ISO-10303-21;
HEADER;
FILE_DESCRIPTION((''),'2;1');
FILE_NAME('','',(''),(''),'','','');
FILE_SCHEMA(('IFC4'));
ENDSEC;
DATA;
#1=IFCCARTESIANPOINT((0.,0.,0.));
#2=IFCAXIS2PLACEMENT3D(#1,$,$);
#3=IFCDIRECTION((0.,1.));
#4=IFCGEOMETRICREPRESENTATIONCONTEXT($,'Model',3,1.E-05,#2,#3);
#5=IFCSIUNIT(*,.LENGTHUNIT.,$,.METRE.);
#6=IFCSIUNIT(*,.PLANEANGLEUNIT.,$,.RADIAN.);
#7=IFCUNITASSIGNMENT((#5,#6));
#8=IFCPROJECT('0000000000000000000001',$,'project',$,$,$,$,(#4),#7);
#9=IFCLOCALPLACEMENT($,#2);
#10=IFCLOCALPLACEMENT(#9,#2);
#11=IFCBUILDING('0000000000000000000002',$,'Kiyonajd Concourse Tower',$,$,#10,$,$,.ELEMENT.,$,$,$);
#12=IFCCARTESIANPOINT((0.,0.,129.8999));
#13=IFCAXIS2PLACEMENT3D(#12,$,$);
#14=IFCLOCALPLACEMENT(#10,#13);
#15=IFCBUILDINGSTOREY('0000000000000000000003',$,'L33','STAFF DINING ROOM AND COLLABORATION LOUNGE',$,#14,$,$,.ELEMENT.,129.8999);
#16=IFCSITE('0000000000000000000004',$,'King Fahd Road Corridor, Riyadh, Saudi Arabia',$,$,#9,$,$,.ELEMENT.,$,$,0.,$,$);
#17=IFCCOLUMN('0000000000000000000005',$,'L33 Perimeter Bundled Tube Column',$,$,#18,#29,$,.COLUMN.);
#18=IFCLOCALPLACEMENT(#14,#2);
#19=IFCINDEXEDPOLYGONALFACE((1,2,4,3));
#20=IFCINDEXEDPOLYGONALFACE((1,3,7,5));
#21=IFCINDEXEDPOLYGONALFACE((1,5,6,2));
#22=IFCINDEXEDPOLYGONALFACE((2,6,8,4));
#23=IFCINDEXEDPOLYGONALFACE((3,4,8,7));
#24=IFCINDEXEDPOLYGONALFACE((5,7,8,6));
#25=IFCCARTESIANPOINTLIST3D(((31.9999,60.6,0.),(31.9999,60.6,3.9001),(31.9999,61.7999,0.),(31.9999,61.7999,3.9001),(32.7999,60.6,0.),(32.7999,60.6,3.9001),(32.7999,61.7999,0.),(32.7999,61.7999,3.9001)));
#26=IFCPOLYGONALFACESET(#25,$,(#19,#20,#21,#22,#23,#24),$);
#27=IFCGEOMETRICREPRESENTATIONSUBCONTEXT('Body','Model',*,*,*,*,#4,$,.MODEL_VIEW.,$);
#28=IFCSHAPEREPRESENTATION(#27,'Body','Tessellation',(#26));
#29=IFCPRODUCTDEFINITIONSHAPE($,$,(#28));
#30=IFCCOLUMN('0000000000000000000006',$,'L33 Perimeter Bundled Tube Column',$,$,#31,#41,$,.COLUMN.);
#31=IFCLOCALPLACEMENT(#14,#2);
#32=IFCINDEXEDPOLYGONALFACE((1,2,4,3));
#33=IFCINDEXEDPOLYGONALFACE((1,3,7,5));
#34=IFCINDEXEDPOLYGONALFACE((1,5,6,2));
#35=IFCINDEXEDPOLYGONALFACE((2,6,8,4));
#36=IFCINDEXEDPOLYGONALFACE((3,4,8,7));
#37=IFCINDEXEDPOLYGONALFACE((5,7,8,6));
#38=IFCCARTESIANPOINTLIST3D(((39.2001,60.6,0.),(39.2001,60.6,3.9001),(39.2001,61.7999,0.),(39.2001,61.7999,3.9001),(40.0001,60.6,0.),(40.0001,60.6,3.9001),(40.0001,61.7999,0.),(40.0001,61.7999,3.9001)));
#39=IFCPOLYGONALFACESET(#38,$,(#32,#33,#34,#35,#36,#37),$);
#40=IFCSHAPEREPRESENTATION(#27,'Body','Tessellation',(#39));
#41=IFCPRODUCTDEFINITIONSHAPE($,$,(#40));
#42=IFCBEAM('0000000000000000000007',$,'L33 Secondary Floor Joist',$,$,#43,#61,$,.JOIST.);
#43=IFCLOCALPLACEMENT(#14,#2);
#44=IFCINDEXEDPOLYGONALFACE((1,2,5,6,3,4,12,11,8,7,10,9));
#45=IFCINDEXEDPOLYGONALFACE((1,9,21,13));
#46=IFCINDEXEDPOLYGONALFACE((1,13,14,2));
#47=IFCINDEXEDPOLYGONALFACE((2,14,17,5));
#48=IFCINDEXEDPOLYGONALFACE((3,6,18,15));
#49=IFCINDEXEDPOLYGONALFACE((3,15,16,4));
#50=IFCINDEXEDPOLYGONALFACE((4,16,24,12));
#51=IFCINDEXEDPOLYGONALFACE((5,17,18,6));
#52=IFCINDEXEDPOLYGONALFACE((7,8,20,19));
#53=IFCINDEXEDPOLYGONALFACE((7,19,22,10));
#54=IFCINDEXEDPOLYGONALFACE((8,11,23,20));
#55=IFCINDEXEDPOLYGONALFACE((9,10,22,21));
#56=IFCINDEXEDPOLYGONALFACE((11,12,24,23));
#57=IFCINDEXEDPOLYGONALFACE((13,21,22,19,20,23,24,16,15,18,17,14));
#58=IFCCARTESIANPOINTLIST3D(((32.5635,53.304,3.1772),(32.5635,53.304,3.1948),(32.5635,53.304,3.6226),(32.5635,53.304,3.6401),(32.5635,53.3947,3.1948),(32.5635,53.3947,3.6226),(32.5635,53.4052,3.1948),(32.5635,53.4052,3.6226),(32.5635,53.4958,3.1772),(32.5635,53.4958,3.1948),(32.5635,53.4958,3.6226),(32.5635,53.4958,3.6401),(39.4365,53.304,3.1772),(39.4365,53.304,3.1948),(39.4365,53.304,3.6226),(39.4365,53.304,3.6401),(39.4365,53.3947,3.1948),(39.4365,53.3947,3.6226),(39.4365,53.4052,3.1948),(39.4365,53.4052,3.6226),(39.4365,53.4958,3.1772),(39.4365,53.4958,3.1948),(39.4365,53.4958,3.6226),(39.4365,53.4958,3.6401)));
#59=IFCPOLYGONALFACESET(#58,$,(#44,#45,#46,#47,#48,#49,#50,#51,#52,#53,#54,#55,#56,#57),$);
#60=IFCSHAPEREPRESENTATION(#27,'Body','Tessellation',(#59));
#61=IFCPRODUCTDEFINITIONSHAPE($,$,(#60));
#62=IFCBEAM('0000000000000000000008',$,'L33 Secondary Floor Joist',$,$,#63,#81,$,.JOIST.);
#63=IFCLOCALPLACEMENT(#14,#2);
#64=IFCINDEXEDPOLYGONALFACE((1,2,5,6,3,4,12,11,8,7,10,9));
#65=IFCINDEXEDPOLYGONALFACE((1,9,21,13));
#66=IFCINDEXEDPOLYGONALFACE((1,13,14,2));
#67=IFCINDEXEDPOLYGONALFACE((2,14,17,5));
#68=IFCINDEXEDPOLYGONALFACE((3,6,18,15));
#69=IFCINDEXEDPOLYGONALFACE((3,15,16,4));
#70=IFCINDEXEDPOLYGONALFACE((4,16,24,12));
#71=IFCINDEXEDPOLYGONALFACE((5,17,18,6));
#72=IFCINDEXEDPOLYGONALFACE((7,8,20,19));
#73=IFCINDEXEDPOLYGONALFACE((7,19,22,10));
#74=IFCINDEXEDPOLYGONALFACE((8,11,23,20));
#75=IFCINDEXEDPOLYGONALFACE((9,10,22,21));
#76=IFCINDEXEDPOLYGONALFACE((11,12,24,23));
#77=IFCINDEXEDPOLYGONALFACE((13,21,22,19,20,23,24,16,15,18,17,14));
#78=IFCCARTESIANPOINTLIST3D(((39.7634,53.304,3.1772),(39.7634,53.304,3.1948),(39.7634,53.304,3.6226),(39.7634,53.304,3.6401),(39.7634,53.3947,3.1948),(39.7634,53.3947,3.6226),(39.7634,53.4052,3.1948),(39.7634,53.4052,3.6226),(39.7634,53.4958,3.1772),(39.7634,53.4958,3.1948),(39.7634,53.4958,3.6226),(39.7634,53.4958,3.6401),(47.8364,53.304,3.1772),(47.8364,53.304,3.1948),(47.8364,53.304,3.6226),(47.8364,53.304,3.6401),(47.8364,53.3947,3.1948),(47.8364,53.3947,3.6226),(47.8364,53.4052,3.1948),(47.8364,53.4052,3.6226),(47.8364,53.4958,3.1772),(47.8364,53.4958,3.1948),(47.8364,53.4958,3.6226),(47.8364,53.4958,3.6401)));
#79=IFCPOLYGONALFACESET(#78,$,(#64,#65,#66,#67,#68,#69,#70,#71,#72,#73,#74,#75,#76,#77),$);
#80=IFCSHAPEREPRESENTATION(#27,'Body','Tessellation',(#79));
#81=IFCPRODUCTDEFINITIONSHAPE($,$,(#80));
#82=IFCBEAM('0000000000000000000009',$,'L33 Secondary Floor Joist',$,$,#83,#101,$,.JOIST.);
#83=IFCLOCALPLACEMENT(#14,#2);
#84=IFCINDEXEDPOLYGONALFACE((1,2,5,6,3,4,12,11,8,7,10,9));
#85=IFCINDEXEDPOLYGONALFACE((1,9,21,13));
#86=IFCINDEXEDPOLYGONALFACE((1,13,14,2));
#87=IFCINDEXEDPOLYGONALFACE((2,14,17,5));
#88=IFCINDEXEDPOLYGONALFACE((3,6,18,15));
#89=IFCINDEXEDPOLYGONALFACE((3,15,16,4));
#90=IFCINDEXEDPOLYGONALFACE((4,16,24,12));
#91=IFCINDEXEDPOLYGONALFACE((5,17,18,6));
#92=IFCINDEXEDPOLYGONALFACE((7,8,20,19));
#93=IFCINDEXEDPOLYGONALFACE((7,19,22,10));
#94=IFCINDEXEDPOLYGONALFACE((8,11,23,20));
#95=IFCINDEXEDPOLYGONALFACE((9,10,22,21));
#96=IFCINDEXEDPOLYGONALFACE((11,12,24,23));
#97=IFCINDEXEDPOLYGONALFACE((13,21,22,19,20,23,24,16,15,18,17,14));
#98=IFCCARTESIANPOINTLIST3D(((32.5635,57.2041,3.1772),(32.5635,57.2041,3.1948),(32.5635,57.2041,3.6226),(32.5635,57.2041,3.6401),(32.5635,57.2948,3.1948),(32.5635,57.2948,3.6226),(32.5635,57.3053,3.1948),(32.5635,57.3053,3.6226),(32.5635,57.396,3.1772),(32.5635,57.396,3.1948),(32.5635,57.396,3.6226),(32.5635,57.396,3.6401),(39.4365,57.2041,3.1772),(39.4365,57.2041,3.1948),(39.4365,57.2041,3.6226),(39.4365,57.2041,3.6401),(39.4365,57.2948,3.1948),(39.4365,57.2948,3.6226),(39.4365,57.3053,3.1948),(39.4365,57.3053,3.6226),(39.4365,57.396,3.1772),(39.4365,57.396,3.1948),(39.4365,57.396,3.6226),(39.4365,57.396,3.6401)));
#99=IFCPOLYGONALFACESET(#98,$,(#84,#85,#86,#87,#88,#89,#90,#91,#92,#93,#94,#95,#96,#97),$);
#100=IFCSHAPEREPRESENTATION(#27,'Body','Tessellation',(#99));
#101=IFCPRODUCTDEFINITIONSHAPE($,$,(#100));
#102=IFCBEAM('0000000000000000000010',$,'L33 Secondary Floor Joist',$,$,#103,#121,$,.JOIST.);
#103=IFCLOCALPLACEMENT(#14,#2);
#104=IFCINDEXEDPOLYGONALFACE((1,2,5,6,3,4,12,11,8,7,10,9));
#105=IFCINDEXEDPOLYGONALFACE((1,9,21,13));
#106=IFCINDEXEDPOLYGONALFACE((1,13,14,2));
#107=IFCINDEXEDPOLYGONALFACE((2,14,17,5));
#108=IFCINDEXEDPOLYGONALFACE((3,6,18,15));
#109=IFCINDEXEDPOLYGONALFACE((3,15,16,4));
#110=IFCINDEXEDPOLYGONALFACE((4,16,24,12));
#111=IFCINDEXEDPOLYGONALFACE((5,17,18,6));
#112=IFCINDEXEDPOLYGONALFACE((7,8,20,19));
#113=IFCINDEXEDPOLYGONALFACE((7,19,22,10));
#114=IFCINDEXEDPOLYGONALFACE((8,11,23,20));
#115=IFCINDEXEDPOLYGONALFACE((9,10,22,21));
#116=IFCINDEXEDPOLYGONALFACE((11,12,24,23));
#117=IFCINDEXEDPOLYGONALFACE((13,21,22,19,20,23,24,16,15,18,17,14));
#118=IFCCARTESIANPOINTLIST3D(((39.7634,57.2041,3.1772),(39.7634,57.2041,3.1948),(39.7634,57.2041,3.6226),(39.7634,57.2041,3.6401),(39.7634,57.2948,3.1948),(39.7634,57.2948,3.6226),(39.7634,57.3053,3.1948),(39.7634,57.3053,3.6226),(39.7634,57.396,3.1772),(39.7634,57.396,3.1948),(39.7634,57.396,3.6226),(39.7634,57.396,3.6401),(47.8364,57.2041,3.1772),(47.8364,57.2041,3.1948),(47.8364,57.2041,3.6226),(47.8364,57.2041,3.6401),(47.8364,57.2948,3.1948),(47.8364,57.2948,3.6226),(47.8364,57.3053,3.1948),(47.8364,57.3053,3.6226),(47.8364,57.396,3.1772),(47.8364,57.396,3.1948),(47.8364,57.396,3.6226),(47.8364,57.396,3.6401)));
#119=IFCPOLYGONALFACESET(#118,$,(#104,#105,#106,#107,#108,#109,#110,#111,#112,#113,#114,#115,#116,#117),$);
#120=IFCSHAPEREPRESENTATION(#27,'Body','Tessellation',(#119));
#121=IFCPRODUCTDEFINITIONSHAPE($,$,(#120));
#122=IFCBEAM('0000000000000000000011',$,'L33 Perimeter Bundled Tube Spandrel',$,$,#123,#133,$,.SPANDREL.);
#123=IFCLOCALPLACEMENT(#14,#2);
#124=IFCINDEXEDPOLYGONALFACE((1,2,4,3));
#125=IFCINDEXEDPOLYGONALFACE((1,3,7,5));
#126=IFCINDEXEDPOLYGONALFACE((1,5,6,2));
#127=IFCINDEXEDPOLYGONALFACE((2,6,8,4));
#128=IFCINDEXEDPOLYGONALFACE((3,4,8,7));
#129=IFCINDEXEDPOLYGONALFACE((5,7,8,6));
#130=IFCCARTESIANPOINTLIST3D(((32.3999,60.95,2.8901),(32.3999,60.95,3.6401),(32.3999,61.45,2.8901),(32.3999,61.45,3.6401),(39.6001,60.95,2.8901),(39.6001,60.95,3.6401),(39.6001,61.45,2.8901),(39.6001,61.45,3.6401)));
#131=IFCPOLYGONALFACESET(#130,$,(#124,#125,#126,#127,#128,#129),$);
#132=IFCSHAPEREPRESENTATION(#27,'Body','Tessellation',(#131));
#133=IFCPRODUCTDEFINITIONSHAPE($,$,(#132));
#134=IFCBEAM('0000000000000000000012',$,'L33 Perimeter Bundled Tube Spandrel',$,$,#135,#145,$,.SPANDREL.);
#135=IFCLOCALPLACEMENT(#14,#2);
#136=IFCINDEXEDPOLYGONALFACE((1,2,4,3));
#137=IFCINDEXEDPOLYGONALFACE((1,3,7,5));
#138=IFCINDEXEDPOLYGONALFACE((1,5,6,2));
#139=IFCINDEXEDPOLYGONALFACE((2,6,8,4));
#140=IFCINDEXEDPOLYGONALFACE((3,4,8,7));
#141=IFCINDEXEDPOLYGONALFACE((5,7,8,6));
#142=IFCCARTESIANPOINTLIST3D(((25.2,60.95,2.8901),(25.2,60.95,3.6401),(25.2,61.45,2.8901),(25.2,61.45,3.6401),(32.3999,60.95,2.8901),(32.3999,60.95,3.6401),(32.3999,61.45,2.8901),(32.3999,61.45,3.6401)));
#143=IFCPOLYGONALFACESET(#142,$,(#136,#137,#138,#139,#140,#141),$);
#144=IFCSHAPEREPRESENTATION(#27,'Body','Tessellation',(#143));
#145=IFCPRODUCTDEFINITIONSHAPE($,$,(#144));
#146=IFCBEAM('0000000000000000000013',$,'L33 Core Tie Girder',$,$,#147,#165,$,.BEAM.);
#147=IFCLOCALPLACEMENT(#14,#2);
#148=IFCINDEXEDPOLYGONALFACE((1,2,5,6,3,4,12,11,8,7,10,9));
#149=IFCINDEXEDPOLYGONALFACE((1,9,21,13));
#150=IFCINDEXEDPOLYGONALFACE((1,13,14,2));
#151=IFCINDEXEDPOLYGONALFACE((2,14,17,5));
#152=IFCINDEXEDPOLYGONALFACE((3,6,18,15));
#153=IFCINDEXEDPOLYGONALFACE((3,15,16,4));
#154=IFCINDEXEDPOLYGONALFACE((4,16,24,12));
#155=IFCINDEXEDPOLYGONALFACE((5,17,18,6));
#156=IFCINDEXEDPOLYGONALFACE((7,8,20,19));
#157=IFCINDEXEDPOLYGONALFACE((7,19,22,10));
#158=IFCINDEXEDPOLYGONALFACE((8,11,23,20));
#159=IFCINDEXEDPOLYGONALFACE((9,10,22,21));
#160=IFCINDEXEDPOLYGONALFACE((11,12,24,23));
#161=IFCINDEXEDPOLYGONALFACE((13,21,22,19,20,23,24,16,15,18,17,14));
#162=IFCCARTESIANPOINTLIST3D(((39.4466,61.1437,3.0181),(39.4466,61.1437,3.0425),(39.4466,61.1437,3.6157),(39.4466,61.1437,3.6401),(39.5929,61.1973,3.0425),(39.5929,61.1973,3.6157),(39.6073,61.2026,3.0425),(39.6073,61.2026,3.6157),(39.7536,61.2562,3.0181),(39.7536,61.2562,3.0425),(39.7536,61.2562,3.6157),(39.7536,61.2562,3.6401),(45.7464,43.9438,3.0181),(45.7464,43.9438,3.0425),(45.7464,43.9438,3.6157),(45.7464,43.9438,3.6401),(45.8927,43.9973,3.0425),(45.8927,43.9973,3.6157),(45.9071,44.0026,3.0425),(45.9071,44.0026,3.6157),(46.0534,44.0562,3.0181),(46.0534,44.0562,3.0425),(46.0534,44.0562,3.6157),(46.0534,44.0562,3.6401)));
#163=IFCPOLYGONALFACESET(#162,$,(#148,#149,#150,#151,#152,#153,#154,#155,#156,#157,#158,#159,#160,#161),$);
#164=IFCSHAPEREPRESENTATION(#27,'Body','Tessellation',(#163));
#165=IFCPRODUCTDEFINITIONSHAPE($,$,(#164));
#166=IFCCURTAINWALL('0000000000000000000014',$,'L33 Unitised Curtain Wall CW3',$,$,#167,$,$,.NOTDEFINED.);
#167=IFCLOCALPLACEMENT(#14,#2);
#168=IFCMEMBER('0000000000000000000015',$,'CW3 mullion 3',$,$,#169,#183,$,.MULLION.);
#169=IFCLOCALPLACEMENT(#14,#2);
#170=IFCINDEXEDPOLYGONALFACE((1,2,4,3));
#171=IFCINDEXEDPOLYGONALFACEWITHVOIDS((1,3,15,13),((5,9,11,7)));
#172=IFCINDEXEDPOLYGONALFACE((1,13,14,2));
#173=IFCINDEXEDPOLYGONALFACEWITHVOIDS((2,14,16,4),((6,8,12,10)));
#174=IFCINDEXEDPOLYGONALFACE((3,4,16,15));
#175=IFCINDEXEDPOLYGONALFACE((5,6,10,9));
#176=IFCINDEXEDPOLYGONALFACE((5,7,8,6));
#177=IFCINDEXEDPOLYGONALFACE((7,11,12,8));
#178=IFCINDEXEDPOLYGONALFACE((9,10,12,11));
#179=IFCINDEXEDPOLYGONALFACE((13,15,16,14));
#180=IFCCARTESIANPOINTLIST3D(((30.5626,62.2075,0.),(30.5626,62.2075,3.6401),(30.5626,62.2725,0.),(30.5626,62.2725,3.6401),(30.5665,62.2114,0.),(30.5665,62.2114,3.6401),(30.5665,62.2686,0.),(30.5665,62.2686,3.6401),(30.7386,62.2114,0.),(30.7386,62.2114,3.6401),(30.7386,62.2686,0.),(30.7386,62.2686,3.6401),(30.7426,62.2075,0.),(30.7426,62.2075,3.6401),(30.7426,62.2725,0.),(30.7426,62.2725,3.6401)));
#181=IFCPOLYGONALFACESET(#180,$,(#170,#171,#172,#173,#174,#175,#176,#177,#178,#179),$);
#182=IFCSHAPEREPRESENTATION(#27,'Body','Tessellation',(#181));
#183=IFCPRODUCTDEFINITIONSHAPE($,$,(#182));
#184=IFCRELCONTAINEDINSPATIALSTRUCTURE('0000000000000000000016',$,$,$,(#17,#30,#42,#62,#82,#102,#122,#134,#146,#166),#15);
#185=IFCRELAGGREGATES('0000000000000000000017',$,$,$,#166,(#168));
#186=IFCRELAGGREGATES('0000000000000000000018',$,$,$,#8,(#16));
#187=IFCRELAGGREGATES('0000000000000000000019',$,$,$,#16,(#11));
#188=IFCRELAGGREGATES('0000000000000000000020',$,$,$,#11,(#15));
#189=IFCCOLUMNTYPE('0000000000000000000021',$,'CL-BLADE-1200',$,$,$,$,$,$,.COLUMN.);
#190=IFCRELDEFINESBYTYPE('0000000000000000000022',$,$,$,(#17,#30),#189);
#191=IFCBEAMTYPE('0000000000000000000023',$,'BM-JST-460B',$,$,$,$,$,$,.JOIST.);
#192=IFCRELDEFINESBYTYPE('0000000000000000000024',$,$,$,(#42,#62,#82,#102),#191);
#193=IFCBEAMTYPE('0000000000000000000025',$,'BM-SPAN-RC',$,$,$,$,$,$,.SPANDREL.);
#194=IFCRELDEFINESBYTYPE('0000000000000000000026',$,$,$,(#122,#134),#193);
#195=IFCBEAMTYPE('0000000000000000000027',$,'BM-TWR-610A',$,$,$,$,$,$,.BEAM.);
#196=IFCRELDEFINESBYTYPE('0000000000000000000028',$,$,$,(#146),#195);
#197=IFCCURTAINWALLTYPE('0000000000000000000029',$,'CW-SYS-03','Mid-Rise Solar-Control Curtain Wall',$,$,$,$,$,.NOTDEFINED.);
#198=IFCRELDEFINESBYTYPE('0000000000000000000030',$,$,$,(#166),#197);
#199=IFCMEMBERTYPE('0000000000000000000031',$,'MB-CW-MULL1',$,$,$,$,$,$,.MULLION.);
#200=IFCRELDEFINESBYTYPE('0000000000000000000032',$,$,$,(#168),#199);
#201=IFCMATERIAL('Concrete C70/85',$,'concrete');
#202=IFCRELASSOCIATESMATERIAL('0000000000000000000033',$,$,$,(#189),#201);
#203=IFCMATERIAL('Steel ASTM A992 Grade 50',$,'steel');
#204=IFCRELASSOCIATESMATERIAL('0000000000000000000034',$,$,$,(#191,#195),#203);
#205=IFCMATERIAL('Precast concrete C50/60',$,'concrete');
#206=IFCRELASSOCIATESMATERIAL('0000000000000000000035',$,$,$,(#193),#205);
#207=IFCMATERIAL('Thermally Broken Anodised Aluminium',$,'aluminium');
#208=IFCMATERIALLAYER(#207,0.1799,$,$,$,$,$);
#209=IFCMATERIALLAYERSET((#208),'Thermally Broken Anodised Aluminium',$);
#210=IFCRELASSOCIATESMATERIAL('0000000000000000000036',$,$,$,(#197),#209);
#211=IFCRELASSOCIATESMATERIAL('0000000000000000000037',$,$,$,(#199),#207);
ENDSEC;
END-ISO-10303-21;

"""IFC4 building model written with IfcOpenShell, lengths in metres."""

from ifc_helpers import new_model, si_unit, direction, frame, origin, origin_2d, place, context, subcontext, project, spatial, rectangle, hollow_rectangle, i_section, extrude, material, layer, layer_set, material_profile, profile_set, type_object, element, aggregate, save


model = new_model("IFC4")

# Units and contexts
model_context = context("Model", 3, precision=1e-05, world=origin(), true_north=direction((0.0, 1.0)))
body_context = subcontext(model_context, "Body", "Model", "MODEL_VIEW")
ifc_project = project(units=[si_unit("LENGTHUNIT", "METRE"), si_unit("PLANEANGLEUNIT", "RADIAN")], contexts=[model_context])

# Site, building, storey
site_placement = place(None, origin())
site = spatial("IfcSite", under=ifc_project, at=site_placement, Name="King Fahd Road Corridor, Riyadh, Saudi Arabia", CompositionType="ELEMENT", RefElevation=0.0)
building_placement = place(site_placement, origin())
building = spatial("IfcBuilding", under=site, at=building_placement, Name="Kiyonajd Concourse Tower", CompositionType="ELEMENT")
storey_placement = place(building_placement, frame((0.0, 0.0, 129.8999)))
storey = spatial("IfcBuildingStorey", under=building, at=storey_placement, Name="L33", Description="STAFF DINING ROOM AND COLLABORATION LOUNGE", CompositionType="ELEMENT", Elevation=129.8999)

# Columns
ifc_material_1 = material(Name="Concrete C70/85", Category="concrete")
ifc_material_profile_1 = material_profile(ifc_material_1, rectangle(XDim=0.8, YDim=1.2, at=origin_2d()), Name="RC-1200x800")
ifc_profile_set_1 = profile_set([ifc_material_profile_1], Name="Concrete C70/85")
column_type = type_object("IfcColumnType", Name="CL-BLADE-1200", PredefinedType="COLUMN", material=ifc_profile_set_1)
for number, where, z_axis, x_axis, name in (
    (1, (32.3999, 61.2, 0.0), (0.0, 0.0, 1.0), (1.0, 0.0, 0.0), "L33 Perimeter Bundled Tube Column"),
    (2, (39.6001, 61.2, 0.0), (0.0, 0.0, 1.0), (1.0, 0.0, 0.0), "L33 Perimeter Bundled Tube Column"),
):
    element("IfcColumn", number, at=place(storey_placement, frame(where, z_axis=z_axis, x_axis=x_axis)), inside=storey, type_object=column_type, Name=name, PredefinedType="COLUMN", context=body_context, shape_type="SweptSolid", body=[
        extrude(rectangle(XDim=0.8, YDim=1.2, at=origin_2d()), origin(), (0.0, 0.0, 1.0), 3.9001),
    ])

# Beams
ifc_material_2 = material(Name="Steel ASTM A992 Grade 50", Category="steel")
ifc_material_profile_2 = material_profile(ifc_material_2, i_section(OverallWidth=0.1919, OverallDepth=0.4629, WebThickness=0.0105, FlangeThickness=0.0176, at=origin_2d()), Name="W460X89")
ifc_profile_set_2 = profile_set([ifc_material_profile_2], Name="Steel ASTM A992 Grade 50")
beam_type_1 = type_object("IfcBeamType", Name="BM-JST-460B", PredefinedType="JOIST", material=ifc_profile_set_2)
beam_1_placement = place(storey_placement, frame((32.5635, 53.3999, 3.4087), z_axis=(1.0, 0.0, 0.0), x_axis=(0.0, 1.0, 0.0)))
element("IfcBeam", 3, at=beam_1_placement, inside=storey, type_object=beam_type_1, Name="L33 Secondary Floor Joist", PredefinedType="JOIST", context=body_context, shape_type="SweptSolid", body=[
    extrude(i_section(OverallWidth=0.1919, OverallDepth=0.4629, WebThickness=0.0105, FlangeThickness=0.0176, at=origin_2d()), origin(), (0.0, 0.0, 1.0), 6.873),
])
beam_2_placement = place(storey_placement, frame((39.7634, 53.3999, 3.4087), z_axis=(1.0, 0.0, 0.0), x_axis=(0.0, 1.0, 0.0)))
element("IfcBeam", 4, at=beam_2_placement, inside=storey, type_object=beam_type_1, Name="L33 Secondary Floor Joist", PredefinedType="JOIST", context=body_context, shape_type="SweptSolid", body=[
    extrude(i_section(OverallWidth=0.1919, OverallDepth=0.4629, WebThickness=0.0105, FlangeThickness=0.0176, at=origin_2d()), origin(), (0.0, 0.0, 1.0), 8.073),
])
beam_3_placement = place(storey_placement, frame((32.5635, 57.3, 3.4087), z_axis=(1.0, 0.0, 0.0), x_axis=(0.0, 1.0, 0.0)))
element("IfcBeam", 5, at=beam_3_placement, inside=storey, type_object=beam_type_1, Name="L33 Secondary Floor Joist", PredefinedType="JOIST", context=body_context, shape_type="SweptSolid", body=[
    extrude(i_section(OverallWidth=0.1919, OverallDepth=0.4629, WebThickness=0.0105, FlangeThickness=0.0176, at=origin_2d()), origin(), (0.0, 0.0, 1.0), 6.873),
])
beam_4_placement = place(storey_placement, frame((39.7634, 57.3, 3.4087), z_axis=(1.0, 0.0, 0.0), x_axis=(0.0, 1.0, 0.0)))
element("IfcBeam", 6, at=beam_4_placement, inside=storey, type_object=beam_type_1, Name="L33 Secondary Floor Joist", PredefinedType="JOIST", context=body_context, shape_type="SweptSolid", body=[
    extrude(i_section(OverallWidth=0.1919, OverallDepth=0.4629, WebThickness=0.0105, FlangeThickness=0.0176, at=origin_2d()), origin(), (0.0, 0.0, 1.0), 8.073),
])
ifc_material_3 = material(Name="Precast concrete C50/60", Category="concrete")
ifc_material_profile_3 = material_profile(ifc_material_3, rectangle(XDim=0.5, YDim=0.75, at=origin_2d()), Name="RCBM-500x750")
ifc_profile_set_3 = profile_set([ifc_material_profile_3], Name="Precast concrete C50/60")
beam_type_2 = type_object("IfcBeamType", Name="BM-SPAN-RC", PredefinedType="SPANDREL", material=ifc_profile_set_3)
beam_5_placement = place(storey_placement, frame((39.6001, 61.2, 3.2651), z_axis=(-1.0, 0.0, 0.0), x_axis=(0.0, -1.0, 0.0)))
element("IfcBeam", 7, at=beam_5_placement, inside=storey, type_object=beam_type_2, Name="L33 Perimeter Bundled Tube Spandrel", PredefinedType="SPANDREL", context=body_context, shape_type="SweptSolid", body=[
    extrude(rectangle(XDim=0.5, YDim=0.75, at=origin_2d()), origin(), (0.0, 0.0, 1.0), 7.2002),
])
beam_6_placement = place(storey_placement, frame((32.3999, 61.2, 3.2651), z_axis=(-1.0, 0.0, 0.0), x_axis=(0.0, -1.0, 0.0)))
element("IfcBeam", 8, at=beam_6_placement, inside=storey, type_object=beam_type_2, Name="L33 Perimeter Bundled Tube Spandrel", PredefinedType="SPANDREL", context=body_context, shape_type="SweptSolid", body=[
    extrude(rectangle(XDim=0.5, YDim=0.75, at=origin_2d()), origin(), (0.0, 0.0, 1.0), 7.2),
])
ifc_material_profile_4 = material_profile(ifc_material_2, i_section(OverallWidth=0.3269, OverallDepth=0.6221, WebThickness=0.0154, FlangeThickness=0.0244, at=origin_2d()), Name="W610X195")
ifc_profile_set_4 = profile_set([ifc_material_profile_4], Name="Steel ASTM A992 Grade 50")
beam_type_3 = type_object("IfcBeamType", Name="BM-TWR-610A", PredefinedType="BEAM", material=ifc_profile_set_4)
beam_7_placement = place(storey_placement, frame((39.6001, 61.2, 3.3291), z_axis=(0.343925, -0.938997, 0.0), x_axis=(0.938997, 0.343925, 0.0)))
element("IfcBeam", 9, at=beam_7_placement, inside=storey, type_object=beam_type_3, Name="L33 Core Tie Girder", PredefinedType="BEAM", context=body_context, shape_type="SweptSolid", body=[
    extrude(i_section(OverallWidth=0.3269, OverallDepth=0.6221, WebThickness=0.0154, FlangeThickness=0.0244, at=origin_2d()), origin(), (0.0, 0.0, 1.0), 18.3174),
])

# Curtain wall, member
ifc_material_4 = material(Name="Thermally Broken Anodised Aluminium", Category="aluminium")
ifc_layer_1 = layer(ifc_material_4, 0.1799)
ifc_layer_set_1 = layer_set([ifc_layer_1], Name="Thermally Broken Anodised Aluminium")
curtain_wall_type = type_object("IfcCurtainWallType", Name="CW-SYS-03", Description="Mid-Rise Solar-Control Curtain Wall", PredefinedType="NOTDEFINED", material=ifc_layer_set_1)
curtain_wall_placement = place(storey_placement, origin())
curtain_wall = element("IfcCurtainWall", 10, at=curtain_wall_placement, inside=storey, type_object=curtain_wall_type, Name="L33 Unitised Curtain Wall CW3", PredefinedType="NOTDEFINED")
ifc_material_profile_5 = material_profile(ifc_material_4, hollow_rectangle(XDim=0.0649, YDim=0.1799, WallThickness=0.0039, at=origin_2d()), Name="MULL-65x180")
ifc_profile_set_5 = profile_set([ifc_material_profile_5], Name="Thermally Broken Anodised Aluminium")
member_type_1 = type_object("IfcMemberType", Name="MB-CW-MULL1", PredefinedType="MULLION", material=ifc_profile_set_5)
member_1_placement = place(storey_placement, frame((30.6526, 62.24, 0.0), z_axis=(0.0, 0.0, 1.0), x_axis=(0.0, 1.0, 0.0)))
member_1 = element("IfcMember", 11, at=member_1_placement, type_object=member_type_1, Name="CW3 mullion 3", PredefinedType="MULLION", context=body_context, shape_type="SweptSolid", body=[
    extrude(hollow_rectangle(XDim=0.0649, YDim=0.1799, WallThickness=0.0039, at=origin_2d()), origin(), (0.0, 0.0, 1.0), 3.6401),
])
aggregate(curtain_wall, [member_1])

save(model, "model.ifc")
